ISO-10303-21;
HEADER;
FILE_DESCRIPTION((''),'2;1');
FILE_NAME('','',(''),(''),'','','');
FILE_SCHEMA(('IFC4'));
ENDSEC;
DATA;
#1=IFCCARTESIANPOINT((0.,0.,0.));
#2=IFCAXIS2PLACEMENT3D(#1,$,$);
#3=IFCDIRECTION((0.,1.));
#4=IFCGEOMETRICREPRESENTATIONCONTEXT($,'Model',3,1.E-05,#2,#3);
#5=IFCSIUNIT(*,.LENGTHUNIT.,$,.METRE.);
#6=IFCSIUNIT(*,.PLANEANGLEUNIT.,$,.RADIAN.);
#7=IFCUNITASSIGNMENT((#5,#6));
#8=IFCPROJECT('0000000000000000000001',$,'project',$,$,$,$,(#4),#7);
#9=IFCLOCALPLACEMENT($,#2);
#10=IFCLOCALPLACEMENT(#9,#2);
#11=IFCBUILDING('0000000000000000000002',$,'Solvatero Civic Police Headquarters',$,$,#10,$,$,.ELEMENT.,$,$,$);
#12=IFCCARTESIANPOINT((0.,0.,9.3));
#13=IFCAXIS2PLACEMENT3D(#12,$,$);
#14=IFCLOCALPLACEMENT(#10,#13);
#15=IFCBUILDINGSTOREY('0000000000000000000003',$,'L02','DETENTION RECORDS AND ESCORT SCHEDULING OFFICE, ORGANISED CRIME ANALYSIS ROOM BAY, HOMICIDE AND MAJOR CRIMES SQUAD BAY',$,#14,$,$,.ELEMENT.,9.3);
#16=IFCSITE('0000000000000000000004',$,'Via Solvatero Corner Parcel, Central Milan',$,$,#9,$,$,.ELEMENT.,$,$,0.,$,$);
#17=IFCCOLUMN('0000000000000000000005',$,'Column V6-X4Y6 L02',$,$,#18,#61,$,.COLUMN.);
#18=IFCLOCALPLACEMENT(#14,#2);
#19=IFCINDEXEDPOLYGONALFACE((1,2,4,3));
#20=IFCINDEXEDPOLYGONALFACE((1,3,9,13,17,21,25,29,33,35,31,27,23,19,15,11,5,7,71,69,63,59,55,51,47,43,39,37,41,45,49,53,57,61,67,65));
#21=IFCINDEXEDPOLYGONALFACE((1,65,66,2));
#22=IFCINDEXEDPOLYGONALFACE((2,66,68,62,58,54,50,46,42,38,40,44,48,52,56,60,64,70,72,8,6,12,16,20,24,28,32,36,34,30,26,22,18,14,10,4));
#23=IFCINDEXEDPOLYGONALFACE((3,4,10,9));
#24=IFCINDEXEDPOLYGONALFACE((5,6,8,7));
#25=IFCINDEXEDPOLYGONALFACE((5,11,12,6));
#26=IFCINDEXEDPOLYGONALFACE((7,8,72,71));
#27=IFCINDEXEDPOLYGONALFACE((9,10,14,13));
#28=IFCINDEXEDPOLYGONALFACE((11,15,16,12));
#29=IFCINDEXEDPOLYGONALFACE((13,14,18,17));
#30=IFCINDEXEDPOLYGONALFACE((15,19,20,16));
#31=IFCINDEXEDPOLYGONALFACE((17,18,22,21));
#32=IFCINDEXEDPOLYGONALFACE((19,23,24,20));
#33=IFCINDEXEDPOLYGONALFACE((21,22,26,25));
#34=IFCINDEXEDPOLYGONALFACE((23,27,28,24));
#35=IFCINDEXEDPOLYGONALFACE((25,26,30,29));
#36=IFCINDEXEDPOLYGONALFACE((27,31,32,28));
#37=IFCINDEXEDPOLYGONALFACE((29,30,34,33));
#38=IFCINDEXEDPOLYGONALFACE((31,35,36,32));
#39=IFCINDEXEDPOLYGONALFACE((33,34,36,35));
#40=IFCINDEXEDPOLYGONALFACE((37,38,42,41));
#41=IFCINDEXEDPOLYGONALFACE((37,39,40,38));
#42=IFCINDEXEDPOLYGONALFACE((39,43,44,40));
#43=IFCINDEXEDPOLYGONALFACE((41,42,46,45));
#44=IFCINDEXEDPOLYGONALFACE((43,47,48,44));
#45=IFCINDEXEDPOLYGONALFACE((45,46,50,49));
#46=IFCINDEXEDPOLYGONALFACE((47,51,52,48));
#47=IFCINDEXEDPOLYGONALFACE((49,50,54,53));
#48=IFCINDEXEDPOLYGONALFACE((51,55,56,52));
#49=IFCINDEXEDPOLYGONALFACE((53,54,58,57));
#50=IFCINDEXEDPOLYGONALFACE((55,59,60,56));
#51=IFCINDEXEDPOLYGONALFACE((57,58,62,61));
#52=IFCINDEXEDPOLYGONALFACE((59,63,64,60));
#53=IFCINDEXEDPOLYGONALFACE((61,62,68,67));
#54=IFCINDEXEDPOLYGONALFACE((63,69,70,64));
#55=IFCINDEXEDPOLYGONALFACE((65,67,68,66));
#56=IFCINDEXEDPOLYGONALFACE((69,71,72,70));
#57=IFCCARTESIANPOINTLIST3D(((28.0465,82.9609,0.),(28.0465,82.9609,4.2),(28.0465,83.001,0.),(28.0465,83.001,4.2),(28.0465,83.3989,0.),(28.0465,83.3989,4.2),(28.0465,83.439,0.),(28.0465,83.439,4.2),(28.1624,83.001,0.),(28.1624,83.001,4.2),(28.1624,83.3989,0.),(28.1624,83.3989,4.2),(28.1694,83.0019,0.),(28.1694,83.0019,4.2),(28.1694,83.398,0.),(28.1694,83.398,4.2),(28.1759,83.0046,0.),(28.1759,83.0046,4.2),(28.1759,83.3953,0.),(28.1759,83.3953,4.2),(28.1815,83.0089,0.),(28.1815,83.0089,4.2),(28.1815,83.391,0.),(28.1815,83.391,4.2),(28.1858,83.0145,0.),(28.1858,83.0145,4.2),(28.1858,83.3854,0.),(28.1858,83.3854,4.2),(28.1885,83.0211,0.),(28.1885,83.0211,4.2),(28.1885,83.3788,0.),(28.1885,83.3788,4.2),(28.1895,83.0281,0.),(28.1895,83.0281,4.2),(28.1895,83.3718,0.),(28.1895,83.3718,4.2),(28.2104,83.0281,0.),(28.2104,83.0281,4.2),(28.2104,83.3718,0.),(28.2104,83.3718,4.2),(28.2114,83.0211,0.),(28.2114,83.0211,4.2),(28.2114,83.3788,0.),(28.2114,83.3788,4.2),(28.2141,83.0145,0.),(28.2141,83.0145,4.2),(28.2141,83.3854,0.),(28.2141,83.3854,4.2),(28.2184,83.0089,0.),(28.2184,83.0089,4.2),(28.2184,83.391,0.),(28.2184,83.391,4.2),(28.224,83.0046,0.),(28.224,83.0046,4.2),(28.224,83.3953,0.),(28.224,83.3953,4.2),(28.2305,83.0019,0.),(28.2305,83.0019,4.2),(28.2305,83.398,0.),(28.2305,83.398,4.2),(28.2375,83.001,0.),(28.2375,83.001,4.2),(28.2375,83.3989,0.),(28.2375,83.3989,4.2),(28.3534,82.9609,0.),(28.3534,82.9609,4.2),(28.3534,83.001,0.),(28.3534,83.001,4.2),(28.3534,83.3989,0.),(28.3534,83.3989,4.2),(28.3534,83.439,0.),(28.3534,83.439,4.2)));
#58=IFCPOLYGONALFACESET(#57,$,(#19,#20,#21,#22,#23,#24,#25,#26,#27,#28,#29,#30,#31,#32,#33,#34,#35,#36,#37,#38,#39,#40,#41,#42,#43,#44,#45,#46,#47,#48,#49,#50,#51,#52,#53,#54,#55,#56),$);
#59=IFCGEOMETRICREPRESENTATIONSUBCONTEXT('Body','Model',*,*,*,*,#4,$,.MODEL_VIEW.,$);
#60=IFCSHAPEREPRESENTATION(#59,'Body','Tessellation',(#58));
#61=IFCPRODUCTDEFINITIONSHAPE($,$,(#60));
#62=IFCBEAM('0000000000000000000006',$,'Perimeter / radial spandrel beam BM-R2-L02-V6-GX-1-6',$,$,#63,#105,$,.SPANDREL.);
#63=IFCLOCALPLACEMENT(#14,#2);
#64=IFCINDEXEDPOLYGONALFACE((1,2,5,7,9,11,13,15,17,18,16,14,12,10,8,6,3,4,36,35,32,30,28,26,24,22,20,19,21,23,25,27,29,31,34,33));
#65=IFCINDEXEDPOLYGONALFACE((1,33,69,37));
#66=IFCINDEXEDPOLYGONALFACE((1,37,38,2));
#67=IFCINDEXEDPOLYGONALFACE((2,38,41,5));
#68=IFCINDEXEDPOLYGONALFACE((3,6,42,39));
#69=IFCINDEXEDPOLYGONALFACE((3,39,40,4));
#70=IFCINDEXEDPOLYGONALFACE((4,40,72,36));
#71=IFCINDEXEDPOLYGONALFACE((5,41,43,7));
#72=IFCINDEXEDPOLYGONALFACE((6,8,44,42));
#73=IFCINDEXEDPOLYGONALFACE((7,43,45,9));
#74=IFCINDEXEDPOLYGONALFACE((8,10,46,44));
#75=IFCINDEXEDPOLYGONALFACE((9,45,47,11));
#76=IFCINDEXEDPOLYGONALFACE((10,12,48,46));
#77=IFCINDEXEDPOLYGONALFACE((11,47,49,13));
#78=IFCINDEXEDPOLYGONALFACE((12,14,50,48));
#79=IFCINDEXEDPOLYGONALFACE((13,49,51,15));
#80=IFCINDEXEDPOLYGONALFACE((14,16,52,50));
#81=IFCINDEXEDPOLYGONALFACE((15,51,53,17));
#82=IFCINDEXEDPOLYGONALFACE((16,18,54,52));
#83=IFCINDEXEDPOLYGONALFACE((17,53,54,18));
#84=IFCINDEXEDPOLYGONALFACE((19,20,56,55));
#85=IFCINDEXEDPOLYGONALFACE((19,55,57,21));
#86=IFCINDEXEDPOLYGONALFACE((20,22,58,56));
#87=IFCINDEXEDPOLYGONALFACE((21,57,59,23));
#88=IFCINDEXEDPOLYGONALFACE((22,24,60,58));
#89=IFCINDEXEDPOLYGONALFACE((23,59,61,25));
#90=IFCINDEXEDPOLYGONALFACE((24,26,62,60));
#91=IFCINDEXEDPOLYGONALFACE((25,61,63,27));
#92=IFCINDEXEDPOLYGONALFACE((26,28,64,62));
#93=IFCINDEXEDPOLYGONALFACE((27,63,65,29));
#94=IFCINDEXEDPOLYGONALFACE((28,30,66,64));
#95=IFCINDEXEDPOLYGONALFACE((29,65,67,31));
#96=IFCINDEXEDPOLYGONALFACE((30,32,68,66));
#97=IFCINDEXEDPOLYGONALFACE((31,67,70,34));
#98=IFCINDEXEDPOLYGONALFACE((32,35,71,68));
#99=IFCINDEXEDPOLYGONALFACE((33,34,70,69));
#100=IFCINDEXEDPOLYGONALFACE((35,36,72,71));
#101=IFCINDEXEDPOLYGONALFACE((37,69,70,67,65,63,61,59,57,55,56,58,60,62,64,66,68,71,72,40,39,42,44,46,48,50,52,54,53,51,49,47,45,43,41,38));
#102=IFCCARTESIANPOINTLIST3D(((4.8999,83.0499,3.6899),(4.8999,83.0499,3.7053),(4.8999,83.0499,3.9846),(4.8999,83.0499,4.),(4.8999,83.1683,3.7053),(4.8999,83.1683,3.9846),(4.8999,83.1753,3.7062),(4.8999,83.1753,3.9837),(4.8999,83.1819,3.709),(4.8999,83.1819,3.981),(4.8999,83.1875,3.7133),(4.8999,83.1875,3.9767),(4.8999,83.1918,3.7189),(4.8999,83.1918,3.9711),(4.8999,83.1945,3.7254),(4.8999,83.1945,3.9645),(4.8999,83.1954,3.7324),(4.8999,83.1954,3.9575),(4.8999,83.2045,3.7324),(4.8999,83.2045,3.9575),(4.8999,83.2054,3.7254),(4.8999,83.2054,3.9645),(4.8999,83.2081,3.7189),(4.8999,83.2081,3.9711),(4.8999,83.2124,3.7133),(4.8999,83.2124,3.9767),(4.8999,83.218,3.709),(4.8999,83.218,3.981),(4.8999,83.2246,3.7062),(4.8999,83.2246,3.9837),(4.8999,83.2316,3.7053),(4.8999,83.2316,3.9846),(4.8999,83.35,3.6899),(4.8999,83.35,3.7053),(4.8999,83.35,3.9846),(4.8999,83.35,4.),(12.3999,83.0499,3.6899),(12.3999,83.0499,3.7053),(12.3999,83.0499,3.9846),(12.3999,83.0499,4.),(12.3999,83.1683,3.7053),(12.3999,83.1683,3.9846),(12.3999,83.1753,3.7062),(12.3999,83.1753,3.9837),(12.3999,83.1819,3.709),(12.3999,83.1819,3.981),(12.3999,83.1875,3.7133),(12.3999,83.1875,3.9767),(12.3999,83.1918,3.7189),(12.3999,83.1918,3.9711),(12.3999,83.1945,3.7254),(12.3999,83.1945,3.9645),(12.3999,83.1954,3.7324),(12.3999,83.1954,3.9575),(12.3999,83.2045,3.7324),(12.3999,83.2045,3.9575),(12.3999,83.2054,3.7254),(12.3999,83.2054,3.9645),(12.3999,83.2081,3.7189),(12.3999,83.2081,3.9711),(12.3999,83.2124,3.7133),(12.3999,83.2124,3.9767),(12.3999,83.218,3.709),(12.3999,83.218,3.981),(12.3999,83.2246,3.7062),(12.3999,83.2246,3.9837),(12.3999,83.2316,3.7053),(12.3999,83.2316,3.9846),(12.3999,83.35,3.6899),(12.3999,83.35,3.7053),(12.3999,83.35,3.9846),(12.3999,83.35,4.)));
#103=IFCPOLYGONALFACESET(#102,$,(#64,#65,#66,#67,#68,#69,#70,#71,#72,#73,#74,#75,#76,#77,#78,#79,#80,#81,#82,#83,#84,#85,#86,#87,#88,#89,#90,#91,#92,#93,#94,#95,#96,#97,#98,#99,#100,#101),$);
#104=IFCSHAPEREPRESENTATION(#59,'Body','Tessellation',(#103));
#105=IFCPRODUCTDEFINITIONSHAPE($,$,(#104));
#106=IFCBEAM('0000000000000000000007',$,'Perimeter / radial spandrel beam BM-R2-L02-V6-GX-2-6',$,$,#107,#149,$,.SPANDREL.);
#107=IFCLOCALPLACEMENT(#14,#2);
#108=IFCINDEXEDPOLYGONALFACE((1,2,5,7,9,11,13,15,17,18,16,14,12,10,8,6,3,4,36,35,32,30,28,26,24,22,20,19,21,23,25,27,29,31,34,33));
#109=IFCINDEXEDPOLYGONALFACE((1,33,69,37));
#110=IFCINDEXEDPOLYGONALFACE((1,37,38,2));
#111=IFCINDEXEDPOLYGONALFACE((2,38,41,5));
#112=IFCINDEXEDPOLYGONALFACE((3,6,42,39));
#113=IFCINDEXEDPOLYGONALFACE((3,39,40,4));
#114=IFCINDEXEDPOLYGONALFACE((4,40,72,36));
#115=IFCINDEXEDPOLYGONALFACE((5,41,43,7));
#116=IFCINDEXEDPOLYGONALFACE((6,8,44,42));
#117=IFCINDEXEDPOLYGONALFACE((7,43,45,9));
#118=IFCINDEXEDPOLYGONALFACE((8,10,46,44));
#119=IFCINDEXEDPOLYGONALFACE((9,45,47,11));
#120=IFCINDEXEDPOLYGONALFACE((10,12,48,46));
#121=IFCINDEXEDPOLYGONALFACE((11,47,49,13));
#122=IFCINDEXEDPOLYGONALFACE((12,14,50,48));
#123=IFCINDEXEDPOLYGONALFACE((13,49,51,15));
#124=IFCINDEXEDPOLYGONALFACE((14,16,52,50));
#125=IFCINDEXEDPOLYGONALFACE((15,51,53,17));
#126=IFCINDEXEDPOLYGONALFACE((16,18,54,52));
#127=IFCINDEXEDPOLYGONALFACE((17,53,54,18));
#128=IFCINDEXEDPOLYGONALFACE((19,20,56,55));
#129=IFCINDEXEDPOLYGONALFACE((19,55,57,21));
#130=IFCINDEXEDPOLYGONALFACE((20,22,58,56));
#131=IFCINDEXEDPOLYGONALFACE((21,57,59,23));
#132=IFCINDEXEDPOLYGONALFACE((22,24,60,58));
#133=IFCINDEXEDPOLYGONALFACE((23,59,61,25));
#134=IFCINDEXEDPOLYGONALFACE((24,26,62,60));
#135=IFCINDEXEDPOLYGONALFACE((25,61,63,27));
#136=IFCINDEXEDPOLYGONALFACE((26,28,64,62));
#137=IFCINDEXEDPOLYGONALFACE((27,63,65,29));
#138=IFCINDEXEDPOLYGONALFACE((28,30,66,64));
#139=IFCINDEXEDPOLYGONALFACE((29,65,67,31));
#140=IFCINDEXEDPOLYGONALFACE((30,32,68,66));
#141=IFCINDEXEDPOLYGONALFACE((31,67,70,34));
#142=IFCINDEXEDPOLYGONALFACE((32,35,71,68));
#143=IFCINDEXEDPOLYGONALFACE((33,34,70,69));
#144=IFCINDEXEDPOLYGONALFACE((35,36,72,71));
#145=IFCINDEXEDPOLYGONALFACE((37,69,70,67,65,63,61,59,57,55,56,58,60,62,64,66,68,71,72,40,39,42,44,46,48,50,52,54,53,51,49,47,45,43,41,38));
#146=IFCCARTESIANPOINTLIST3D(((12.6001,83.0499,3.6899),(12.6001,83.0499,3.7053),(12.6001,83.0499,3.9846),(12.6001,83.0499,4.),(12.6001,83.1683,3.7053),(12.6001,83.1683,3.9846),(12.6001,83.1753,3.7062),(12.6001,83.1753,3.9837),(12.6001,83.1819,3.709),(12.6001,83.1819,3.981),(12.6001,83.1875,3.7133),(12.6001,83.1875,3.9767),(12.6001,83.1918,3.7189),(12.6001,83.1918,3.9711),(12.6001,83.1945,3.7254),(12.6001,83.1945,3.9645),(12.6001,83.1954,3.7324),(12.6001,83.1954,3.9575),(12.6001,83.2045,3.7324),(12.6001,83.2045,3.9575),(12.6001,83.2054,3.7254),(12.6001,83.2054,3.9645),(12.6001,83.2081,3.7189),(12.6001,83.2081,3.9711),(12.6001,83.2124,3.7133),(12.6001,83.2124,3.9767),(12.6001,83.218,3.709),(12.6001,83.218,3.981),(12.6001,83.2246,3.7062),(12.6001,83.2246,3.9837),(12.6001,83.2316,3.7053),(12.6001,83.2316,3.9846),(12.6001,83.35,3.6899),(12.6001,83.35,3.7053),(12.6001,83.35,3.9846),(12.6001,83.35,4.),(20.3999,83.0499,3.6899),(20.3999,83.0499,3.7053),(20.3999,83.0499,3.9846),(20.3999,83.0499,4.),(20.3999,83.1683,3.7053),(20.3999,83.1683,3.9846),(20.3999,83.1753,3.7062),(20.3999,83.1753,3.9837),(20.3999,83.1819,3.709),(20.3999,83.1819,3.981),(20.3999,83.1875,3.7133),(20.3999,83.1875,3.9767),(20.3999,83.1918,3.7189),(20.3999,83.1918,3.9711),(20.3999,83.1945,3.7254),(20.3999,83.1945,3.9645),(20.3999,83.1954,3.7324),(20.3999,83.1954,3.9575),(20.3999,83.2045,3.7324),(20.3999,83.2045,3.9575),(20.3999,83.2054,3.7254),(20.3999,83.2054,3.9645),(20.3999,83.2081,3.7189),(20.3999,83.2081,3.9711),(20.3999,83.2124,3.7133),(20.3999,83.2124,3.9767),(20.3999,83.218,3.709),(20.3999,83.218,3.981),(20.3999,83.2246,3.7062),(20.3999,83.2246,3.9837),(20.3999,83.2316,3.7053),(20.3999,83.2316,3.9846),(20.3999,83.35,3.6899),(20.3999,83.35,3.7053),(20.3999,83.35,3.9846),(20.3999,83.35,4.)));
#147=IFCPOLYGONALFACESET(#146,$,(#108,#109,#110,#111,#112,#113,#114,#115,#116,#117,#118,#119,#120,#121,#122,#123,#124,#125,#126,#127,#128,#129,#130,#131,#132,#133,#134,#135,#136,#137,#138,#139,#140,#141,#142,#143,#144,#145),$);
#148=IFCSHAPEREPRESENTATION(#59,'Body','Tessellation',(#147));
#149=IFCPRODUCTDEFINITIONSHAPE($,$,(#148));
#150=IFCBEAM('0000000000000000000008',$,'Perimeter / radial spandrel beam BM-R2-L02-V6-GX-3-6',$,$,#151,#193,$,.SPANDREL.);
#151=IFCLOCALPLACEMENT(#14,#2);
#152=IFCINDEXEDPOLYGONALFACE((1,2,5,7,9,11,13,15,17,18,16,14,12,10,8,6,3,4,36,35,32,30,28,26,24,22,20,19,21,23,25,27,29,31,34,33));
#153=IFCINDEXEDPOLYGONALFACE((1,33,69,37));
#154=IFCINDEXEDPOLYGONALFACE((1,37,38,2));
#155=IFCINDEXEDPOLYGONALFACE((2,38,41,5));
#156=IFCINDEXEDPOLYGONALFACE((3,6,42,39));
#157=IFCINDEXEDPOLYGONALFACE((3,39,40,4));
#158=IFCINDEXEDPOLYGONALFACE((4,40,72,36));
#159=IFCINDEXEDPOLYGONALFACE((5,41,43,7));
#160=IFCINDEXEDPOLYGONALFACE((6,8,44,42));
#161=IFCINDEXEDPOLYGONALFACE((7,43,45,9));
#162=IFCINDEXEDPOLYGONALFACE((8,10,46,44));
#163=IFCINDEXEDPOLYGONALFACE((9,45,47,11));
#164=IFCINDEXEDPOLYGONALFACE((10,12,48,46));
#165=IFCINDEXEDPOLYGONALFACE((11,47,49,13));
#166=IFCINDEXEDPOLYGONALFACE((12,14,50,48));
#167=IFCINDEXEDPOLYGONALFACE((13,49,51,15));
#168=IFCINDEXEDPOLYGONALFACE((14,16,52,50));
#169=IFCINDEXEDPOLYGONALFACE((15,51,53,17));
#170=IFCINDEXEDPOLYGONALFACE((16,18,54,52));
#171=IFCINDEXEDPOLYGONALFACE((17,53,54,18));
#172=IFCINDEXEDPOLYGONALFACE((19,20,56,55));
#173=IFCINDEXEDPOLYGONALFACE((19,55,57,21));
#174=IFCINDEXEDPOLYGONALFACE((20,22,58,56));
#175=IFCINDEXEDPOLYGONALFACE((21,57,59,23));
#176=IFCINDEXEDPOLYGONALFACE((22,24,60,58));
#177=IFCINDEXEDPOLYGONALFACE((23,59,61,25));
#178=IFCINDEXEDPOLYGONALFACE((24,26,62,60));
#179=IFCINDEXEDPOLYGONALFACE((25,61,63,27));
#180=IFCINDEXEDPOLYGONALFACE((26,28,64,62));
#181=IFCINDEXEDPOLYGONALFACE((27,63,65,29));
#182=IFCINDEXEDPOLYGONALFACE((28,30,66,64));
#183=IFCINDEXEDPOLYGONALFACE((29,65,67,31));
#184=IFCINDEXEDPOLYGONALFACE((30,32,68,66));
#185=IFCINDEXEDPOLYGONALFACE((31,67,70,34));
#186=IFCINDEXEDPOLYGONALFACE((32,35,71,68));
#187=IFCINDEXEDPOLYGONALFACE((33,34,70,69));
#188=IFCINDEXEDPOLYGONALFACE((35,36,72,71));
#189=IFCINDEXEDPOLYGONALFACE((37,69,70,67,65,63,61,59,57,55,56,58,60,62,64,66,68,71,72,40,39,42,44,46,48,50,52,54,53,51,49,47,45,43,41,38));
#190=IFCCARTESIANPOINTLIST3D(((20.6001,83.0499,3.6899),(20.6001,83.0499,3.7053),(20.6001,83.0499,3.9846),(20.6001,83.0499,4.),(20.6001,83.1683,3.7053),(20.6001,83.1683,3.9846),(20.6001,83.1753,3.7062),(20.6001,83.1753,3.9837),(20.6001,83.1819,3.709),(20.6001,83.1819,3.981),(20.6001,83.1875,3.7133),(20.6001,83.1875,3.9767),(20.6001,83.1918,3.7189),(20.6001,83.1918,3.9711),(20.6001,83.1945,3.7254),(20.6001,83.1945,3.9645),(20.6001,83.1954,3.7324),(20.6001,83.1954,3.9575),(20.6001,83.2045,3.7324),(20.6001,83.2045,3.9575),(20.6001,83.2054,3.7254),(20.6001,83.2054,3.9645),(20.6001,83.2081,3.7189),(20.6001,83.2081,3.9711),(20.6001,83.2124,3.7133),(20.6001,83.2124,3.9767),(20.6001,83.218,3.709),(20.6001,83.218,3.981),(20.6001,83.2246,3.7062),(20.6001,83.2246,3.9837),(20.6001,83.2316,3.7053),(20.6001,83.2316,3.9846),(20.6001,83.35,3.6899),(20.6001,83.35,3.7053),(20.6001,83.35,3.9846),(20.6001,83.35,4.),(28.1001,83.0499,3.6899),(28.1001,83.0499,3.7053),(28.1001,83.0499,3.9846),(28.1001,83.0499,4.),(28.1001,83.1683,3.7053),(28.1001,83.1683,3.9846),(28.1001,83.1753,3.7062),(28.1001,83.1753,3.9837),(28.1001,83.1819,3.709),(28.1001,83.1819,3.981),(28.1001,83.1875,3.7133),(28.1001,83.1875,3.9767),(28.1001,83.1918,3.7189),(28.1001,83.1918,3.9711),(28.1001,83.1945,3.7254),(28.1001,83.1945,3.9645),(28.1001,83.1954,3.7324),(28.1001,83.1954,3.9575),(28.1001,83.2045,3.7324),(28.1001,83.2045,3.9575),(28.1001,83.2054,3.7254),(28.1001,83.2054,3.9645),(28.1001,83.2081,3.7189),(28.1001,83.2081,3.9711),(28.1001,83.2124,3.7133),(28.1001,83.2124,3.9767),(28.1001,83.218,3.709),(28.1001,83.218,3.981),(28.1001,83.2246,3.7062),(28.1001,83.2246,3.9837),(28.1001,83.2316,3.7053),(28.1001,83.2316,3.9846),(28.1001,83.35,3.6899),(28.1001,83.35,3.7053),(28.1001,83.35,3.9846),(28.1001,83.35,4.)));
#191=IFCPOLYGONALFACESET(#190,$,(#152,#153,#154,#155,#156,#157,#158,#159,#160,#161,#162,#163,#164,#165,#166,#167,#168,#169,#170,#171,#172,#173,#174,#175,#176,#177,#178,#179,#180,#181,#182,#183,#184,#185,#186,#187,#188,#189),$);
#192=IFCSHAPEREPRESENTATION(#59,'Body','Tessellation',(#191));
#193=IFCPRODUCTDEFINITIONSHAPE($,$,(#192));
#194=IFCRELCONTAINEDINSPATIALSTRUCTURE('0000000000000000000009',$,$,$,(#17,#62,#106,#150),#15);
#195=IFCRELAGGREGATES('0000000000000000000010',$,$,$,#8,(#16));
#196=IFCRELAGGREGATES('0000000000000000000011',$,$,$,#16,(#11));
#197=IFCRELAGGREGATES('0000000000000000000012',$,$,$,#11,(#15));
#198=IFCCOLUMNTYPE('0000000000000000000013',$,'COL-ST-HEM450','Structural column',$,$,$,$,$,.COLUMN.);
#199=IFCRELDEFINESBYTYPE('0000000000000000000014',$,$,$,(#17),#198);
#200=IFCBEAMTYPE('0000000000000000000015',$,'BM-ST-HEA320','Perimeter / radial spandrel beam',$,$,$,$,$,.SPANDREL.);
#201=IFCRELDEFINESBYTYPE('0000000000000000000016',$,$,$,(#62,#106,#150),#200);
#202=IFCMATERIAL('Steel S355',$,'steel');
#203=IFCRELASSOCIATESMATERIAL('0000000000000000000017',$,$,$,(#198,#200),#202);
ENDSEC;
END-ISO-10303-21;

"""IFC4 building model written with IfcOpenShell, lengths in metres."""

from ifc_helpers import new_model, si_unit, direction, frame, origin, origin_2d, place, context, subcontext, project, spatial, i_section, extrude, material, material_profile, profile_set, type_object, element, save


model = new_model("IFC4")

# Units and contexts
model_context = context("Model", 3, precision=1e-05, world=origin(), true_north=direction((0.0, 1.0)))
body_context = subcontext(model_context, "Body", "Model", "MODEL_VIEW")
ifc_project = project(units=[si_unit("LENGTHUNIT", "METRE"), si_unit("PLANEANGLEUNIT", "RADIAN")], contexts=[model_context])

# Site, building, storey
site_placement = place(None, origin())
site = spatial("IfcSite", under=ifc_project, at=site_placement, Name="Via Solvatero Corner Parcel, Central Milan", CompositionType="ELEMENT", RefElevation=0.0)
building_placement = place(site_placement, origin())
building = spatial("IfcBuilding", under=site, at=building_placement, Name="Solvatero Civic Police Headquarters", CompositionType="ELEMENT")
storey_placement = place(building_placement, frame((0.0, 0.0, 9.3)))
storey = spatial("IfcBuildingStorey", under=building, at=storey_placement, Name="L02", Description="DETENTION RECORDS AND ESCORT SCHEDULING OFFICE, ORGANISED CRIME ANALYSIS ROOM BAY, HOMICIDE AND MAJOR CRIMES SQUAD BAY", CompositionType="ELEMENT", Elevation=9.3)

# Column
ifc_material_1 = material(Name="Steel S355", Category="steel")
ifc_material_profile_1 = material_profile(ifc_material_1, i_section(OverallWidth=0.3069, OverallDepth=0.478, WebThickness=0.021, FlangeThickness=0.04, FilletRadius=0.0271, at=origin_2d()), Name="HEM 450")
ifc_profile_set_1 = profile_set([ifc_material_profile_1], Name="Steel S355")
column_type_1 = type_object("IfcColumnType", Name="COL-ST-HEM450", Description="Structural column", PredefinedType="COLUMN", material=ifc_profile_set_1)
column_1_placement = place(storey_placement, frame((28.2, 83.2, 0.0), z_axis=(0.0, 0.0, 1.0), x_axis=(1.0, 0.0, 0.0)))
element("IfcColumn", 1, at=column_1_placement, inside=storey, type_object=column_type_1, Name="Column V6-X4Y6 L02", PredefinedType="COLUMN", context=body_context, shape_type="SweptSolid", body=[
    extrude(i_section(OverallWidth=0.3069, OverallDepth=0.478, WebThickness=0.021, FlangeThickness=0.04, FilletRadius=0.0271, at=origin_2d()), origin(), (0.0, 0.0, 1.0), 4.2),
])

# Beams
ifc_material_profile_2 = material_profile(ifc_material_1, i_section(OverallWidth=0.3, OverallDepth=0.3101, WebThickness=0.009, FlangeThickness=0.0154, FilletRadius=0.0271, at=origin_2d()), Name="HEA 320")
ifc_profile_set_2 = profile_set([ifc_material_profile_2], Name="Steel S355")
beam_type = type_object("IfcBeamType", Name="BM-ST-HEA320", Description="Perimeter / radial spandrel beam", PredefinedType="SPANDREL", material=ifc_profile_set_2)
beam_1_placement = place(storey_placement, frame((4.8999, 83.2, 3.845), z_axis=(1.0, 0.0, 0.0), x_axis=(0.0, 1.0, 0.0)))
element("IfcBeam", 2, at=beam_1_placement, inside=storey, type_object=beam_type, Name="Perimeter / radial spandrel beam BM-R2-L02-V6-GX-1-6", PredefinedType="SPANDREL", context=body_context, shape_type="SweptSolid", body=[
    extrude(i_section(OverallWidth=0.3, OverallDepth=0.3101, WebThickness=0.009, FlangeThickness=0.0154, FilletRadius=0.0271, at=origin_2d()), origin(), (0.0, 0.0, 1.0), 7.5),
])
beam_2_placement = place(storey_placement, frame((12.6001, 83.2, 3.845), z_axis=(1.0, 0.0, 0.0), x_axis=(0.0, 1.0, 0.0)))
element("IfcBeam", 3, at=beam_2_placement, inside=storey, type_object=beam_type, Name="Perimeter / radial spandrel beam BM-R2-L02-V6-GX-2-6", PredefinedType="SPANDREL", context=body_context, shape_type="SweptSolid", body=[
    extrude(i_section(OverallWidth=0.3, OverallDepth=0.3101, WebThickness=0.009, FlangeThickness=0.0154, FilletRadius=0.0271, at=origin_2d()), origin(), (0.0, 0.0, 1.0), 7.7998),
])
beam_3_placement = place(storey_placement, frame((20.6001, 83.2, 3.845), z_axis=(1.0, 0.0, 0.0), x_axis=(0.0, 1.0, 0.0)))
element("IfcBeam", 4, at=beam_3_placement, inside=storey, type_object=beam_type, Name="Perimeter / radial spandrel beam BM-R2-L02-V6-GX-3-6", PredefinedType="SPANDREL", context=body_context, shape_type="SweptSolid", body=[
    extrude(i_section(OverallWidth=0.3, OverallDepth=0.3101, WebThickness=0.009, FlangeThickness=0.0154, FilletRadius=0.0271, at=origin_2d()), origin(), (0.0, 0.0, 1.0), 7.5),
])

save(model, "model.ifc")
